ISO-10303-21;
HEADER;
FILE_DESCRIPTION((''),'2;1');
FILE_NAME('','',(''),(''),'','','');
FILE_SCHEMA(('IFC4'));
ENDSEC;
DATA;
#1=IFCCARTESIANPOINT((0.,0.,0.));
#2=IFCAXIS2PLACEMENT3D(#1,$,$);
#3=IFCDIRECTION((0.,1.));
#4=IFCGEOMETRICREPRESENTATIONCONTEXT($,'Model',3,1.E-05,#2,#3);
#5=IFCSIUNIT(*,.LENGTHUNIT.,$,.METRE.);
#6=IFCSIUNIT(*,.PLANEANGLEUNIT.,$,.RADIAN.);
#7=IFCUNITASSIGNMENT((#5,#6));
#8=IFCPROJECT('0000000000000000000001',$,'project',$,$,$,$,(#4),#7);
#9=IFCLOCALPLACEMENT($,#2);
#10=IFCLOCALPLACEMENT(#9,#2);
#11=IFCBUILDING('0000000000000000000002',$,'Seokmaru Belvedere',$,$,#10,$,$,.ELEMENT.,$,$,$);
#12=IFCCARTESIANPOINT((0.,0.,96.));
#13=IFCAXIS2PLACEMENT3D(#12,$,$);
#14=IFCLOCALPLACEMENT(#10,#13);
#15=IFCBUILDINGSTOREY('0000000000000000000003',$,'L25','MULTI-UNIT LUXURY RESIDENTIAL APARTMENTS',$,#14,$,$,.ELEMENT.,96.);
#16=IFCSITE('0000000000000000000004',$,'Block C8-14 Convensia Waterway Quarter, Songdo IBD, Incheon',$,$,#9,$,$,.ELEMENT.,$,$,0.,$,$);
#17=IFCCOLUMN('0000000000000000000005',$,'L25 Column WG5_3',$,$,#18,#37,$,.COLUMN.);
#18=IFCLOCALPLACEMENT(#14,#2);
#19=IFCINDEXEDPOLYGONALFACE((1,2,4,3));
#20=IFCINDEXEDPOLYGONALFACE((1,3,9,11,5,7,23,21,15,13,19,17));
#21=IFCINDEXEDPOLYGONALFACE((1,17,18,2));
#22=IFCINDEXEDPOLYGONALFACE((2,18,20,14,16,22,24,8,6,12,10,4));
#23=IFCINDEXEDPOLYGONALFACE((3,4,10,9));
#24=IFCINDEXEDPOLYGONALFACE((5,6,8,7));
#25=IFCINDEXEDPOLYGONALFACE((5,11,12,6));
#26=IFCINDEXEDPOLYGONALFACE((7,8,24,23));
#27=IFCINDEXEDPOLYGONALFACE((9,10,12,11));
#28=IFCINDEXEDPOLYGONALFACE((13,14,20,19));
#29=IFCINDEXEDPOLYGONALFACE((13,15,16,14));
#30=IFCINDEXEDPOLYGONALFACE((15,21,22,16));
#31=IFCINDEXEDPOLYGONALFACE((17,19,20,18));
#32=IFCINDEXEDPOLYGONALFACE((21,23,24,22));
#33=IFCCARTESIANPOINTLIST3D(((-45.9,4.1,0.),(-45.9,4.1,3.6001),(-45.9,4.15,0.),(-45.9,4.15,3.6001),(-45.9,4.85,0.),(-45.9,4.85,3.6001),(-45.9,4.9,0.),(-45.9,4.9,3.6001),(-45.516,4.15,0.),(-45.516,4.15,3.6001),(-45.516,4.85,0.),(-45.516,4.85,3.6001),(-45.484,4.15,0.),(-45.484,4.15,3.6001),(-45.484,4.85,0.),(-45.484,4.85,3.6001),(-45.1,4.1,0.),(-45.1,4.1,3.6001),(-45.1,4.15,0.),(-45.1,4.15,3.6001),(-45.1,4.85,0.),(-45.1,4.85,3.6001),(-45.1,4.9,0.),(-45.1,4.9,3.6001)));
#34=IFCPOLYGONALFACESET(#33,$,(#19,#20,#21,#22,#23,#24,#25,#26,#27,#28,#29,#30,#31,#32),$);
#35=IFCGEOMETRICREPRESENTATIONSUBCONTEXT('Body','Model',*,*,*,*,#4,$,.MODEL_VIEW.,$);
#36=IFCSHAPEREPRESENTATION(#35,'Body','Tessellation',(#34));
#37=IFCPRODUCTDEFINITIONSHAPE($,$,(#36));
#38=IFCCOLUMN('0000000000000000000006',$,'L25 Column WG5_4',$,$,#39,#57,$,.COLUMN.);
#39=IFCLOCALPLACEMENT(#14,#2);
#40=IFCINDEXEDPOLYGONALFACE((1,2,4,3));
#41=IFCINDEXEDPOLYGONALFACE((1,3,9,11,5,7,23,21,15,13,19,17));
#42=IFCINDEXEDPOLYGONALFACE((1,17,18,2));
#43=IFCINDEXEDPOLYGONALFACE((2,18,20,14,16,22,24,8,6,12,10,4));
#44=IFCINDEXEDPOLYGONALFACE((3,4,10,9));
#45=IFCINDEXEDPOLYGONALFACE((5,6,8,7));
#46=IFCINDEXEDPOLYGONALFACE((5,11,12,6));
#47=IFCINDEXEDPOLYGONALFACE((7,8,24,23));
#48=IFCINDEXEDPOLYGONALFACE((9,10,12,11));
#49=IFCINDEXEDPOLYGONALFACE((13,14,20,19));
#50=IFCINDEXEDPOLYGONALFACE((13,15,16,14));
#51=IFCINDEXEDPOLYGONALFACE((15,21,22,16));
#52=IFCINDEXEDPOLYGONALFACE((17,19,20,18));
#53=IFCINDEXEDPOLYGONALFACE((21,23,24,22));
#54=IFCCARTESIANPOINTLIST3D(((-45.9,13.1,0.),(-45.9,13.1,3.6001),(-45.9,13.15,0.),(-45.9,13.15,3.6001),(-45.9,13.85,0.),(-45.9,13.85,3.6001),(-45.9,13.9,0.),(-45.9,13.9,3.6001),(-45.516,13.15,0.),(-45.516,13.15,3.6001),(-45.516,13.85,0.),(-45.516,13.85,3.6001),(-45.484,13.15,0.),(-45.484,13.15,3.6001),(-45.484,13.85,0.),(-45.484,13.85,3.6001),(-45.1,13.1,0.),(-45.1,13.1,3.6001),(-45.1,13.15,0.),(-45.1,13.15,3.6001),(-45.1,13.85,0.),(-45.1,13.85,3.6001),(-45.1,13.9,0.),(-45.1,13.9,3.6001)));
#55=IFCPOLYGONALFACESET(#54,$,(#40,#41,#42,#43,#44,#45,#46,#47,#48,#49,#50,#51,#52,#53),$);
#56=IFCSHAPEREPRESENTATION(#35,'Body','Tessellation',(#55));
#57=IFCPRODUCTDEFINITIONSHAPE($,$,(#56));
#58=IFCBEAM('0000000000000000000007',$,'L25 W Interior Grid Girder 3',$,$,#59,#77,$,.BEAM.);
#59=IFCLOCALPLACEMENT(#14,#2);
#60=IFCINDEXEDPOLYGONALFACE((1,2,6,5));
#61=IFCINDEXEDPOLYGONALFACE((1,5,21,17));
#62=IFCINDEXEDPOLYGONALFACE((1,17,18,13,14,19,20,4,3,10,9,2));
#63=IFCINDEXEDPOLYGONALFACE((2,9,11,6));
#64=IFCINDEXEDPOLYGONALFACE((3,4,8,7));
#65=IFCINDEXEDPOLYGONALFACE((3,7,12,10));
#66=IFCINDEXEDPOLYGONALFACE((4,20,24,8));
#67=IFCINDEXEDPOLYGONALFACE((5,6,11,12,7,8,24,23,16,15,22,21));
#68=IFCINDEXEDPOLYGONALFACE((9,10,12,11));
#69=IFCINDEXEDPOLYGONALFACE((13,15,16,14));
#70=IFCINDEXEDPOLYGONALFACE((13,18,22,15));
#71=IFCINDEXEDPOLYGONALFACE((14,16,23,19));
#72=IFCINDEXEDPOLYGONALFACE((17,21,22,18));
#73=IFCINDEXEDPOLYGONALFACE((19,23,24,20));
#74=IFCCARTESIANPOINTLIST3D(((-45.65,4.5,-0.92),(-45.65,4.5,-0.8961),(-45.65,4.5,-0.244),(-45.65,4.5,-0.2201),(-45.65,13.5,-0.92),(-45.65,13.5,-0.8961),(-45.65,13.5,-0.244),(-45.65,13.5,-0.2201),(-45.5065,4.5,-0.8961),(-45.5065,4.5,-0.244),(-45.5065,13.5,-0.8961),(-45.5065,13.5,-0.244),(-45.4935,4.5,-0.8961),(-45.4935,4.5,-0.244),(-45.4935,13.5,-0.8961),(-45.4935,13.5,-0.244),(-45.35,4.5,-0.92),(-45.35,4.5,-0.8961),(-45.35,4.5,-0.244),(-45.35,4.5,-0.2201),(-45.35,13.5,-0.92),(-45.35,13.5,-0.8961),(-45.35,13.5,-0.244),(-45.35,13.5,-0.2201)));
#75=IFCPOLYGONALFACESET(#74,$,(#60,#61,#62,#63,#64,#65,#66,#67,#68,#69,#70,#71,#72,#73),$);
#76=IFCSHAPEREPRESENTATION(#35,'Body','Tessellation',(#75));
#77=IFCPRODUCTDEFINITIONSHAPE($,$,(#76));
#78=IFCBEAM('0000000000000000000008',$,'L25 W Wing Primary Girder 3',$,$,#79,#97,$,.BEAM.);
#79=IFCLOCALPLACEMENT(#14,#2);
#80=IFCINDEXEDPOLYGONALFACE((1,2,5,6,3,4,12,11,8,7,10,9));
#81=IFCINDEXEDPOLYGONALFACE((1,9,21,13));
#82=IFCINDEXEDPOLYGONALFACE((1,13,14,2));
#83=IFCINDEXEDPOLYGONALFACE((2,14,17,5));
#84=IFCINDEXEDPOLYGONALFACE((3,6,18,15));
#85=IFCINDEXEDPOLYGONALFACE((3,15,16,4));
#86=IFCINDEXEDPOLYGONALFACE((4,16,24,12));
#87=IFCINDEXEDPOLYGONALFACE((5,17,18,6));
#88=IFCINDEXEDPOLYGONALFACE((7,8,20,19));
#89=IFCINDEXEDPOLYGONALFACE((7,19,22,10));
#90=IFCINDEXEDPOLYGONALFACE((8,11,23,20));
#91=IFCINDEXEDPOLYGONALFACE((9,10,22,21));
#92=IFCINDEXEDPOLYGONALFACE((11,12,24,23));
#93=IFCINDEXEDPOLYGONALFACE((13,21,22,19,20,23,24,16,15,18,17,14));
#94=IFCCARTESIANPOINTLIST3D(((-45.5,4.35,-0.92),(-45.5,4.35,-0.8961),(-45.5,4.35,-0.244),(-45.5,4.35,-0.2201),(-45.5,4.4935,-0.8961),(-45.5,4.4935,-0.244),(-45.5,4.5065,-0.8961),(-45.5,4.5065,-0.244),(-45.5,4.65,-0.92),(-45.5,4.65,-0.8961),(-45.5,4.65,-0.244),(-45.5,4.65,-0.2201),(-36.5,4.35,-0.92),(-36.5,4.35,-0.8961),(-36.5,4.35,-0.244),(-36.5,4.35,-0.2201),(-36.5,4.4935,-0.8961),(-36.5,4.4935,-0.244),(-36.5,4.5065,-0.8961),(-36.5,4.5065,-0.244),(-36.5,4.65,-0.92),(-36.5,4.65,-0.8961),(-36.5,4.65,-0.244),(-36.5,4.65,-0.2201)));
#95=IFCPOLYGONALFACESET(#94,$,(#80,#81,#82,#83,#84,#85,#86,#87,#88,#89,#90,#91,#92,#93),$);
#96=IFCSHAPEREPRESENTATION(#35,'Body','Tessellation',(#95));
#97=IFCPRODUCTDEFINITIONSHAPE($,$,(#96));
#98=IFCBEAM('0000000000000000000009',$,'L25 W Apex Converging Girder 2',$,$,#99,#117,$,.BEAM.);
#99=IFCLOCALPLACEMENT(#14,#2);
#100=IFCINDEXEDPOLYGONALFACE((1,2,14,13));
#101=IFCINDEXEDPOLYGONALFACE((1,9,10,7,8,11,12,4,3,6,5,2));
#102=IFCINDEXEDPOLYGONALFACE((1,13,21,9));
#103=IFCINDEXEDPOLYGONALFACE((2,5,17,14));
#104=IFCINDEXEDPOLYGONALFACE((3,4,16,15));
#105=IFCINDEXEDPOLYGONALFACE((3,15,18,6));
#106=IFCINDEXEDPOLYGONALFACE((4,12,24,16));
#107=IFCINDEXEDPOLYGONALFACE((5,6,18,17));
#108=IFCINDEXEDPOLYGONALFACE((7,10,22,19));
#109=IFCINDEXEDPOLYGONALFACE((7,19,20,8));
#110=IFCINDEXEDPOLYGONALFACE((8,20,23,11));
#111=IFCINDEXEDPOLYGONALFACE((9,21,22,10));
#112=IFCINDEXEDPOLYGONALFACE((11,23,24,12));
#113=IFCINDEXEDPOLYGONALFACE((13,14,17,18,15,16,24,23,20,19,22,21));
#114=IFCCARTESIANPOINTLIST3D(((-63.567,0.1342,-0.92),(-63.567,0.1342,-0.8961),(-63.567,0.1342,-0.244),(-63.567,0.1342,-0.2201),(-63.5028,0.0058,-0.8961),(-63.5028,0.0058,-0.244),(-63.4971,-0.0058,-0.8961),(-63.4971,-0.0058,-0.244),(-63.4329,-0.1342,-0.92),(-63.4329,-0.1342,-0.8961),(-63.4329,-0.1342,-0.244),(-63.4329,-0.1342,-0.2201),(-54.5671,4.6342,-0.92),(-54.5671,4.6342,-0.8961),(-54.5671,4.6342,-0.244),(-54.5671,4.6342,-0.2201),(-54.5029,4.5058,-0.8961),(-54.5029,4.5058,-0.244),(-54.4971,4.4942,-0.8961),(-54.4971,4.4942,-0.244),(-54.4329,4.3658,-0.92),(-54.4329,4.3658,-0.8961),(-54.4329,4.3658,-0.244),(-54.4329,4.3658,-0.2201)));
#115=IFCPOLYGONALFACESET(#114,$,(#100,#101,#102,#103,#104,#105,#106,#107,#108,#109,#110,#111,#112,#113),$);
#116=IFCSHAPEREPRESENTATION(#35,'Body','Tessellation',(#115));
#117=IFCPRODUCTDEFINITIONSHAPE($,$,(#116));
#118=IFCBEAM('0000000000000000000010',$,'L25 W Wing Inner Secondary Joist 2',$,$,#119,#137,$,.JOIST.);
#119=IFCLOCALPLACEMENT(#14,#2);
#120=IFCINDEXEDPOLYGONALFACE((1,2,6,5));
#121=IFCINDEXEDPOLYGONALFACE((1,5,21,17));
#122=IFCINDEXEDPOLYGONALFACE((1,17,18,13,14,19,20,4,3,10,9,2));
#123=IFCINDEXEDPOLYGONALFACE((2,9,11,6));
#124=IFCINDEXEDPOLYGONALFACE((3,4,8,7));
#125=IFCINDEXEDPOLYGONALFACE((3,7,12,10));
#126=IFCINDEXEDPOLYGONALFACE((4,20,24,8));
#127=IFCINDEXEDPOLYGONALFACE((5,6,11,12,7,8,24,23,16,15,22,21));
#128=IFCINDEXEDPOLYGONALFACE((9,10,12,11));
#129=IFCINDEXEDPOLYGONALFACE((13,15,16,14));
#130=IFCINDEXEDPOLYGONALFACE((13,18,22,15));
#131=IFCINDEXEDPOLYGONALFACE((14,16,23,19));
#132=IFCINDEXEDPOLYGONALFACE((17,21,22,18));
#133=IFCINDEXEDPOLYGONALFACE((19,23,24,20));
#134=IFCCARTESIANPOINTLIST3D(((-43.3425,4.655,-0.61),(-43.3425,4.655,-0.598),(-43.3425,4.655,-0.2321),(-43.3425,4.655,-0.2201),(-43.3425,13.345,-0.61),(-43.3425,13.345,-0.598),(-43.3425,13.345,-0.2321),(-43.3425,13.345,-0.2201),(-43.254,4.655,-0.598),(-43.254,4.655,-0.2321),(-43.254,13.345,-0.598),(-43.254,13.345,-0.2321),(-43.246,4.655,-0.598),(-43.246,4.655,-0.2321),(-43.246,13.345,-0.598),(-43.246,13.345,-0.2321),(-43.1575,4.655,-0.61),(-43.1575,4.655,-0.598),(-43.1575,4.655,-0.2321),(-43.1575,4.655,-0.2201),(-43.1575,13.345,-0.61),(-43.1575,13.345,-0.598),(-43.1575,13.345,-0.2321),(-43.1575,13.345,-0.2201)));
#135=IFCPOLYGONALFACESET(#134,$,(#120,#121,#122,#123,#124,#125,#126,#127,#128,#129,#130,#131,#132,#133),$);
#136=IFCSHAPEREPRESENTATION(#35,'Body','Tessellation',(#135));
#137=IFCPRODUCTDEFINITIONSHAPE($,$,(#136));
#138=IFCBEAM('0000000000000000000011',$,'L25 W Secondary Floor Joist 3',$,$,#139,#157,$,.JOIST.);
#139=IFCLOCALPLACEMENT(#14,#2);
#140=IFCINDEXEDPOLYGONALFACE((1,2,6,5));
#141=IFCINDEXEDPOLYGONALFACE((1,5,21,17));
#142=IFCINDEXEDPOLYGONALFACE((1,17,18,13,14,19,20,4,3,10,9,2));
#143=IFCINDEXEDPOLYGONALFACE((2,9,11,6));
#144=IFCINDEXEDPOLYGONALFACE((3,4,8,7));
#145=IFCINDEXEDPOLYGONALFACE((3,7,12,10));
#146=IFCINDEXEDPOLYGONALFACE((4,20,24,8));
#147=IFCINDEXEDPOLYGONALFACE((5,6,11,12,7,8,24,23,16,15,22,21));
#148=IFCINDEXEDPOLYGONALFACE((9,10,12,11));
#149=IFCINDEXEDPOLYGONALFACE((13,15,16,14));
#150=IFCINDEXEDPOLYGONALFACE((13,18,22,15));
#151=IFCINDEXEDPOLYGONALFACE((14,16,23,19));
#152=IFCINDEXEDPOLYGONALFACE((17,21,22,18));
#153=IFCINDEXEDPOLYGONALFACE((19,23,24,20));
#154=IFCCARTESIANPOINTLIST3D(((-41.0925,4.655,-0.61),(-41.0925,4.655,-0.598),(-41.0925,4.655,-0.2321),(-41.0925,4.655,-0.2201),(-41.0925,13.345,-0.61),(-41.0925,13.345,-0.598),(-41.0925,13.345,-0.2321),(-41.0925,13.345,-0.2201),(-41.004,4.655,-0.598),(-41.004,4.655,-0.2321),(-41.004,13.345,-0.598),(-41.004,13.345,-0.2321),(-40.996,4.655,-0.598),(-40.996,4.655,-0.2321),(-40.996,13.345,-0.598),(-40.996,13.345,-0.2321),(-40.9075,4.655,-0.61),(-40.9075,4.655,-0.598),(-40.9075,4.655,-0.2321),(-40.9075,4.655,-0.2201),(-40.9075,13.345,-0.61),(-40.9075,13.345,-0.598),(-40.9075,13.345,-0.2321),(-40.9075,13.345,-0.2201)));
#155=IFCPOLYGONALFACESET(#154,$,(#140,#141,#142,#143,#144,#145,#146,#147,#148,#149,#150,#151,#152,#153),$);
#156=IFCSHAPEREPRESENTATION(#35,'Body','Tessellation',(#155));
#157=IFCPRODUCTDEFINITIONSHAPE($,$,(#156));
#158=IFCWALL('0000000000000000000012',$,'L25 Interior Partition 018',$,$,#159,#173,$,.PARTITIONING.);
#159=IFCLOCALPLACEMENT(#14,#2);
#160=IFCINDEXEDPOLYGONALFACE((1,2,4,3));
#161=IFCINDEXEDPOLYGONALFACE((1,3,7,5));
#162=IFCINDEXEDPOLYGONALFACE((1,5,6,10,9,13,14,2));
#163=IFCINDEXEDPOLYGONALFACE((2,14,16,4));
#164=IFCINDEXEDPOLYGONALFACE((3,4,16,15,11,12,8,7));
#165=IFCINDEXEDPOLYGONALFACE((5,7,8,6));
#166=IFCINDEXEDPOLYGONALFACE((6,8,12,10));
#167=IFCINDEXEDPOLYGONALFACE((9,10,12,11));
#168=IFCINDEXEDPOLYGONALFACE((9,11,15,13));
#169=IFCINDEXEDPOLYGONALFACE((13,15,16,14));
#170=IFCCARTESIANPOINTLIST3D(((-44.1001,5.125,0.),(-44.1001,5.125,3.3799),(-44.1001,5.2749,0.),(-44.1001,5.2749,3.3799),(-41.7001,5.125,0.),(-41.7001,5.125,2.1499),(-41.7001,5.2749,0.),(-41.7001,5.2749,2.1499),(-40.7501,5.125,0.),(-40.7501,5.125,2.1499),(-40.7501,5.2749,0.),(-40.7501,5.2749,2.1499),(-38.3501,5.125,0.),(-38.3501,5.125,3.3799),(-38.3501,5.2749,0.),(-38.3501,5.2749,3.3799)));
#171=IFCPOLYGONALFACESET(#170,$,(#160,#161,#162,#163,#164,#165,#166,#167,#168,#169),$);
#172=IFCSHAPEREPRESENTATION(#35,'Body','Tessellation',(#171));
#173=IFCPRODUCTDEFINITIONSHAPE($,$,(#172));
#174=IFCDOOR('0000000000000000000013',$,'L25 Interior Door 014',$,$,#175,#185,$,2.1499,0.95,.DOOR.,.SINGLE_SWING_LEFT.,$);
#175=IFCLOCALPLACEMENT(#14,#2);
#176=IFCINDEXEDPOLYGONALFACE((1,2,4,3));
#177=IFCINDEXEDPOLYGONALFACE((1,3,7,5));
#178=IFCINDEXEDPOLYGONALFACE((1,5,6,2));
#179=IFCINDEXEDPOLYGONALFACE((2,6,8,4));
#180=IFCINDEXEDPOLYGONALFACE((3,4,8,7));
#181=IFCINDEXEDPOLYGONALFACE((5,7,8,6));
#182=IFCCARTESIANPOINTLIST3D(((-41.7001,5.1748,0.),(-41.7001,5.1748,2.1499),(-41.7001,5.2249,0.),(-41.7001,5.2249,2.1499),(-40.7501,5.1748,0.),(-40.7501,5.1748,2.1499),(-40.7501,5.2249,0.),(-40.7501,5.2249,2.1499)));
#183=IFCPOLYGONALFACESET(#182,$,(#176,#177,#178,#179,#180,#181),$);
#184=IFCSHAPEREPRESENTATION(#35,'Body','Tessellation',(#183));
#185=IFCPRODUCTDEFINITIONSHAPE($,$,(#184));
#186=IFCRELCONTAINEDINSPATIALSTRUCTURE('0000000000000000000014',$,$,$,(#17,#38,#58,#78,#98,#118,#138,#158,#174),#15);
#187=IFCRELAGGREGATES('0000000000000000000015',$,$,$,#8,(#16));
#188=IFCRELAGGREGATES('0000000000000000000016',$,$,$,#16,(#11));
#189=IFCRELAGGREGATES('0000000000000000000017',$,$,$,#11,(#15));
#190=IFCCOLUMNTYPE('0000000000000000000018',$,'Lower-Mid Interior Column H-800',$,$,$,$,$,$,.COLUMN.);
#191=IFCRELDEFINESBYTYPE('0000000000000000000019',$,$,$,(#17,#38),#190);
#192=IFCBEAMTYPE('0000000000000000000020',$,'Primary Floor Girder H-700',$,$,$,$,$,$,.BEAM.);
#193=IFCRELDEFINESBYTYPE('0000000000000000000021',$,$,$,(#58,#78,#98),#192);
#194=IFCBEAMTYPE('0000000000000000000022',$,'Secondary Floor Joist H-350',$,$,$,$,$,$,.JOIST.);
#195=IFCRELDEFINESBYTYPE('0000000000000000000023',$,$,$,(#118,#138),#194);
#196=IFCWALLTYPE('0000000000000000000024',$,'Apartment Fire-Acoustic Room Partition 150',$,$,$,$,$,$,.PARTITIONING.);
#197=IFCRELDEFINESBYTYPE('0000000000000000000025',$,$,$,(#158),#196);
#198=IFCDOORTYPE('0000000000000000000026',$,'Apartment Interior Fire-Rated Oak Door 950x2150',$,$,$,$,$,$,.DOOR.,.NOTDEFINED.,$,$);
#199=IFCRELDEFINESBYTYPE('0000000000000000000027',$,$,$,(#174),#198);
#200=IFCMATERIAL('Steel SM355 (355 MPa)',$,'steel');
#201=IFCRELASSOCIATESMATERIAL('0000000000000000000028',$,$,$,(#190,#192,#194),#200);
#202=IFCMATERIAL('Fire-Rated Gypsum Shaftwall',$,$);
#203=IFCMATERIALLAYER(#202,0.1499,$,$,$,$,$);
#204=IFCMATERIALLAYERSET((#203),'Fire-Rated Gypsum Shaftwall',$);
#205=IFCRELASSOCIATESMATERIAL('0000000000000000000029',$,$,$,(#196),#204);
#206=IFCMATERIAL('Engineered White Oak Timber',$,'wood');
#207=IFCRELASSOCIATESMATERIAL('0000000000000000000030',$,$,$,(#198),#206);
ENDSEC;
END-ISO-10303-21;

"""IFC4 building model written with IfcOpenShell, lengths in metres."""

from ifc_helpers import new_model, si_unit, direction, frame, frame_2d, origin, origin_2d, place, context, subcontext, project, spatial, rectangle, i_section, extrude, source, transform, mapped, material, layer, layer_set, material_profile, profile_set, type_object, type_shapes, element, fill, save


model = new_model("IFC4")

# Units and contexts
model_context = context("Model", 3, precision=1e-05, world=origin(), true_north=direction((0.0, 1.0)))
body_context = subcontext(model_context, "Body", "Model", "MODEL_VIEW")
ifc_project = project(units=[si_unit("LENGTHUNIT", "METRE"), si_unit("PLANEANGLEUNIT", "RADIAN")], contexts=[model_context])

# Site, building, storey
site_placement = place(None, origin())
site = spatial("IfcSite", under=ifc_project, at=site_placement, Name="Block C8-14 Convensia Waterway Quarter, Songdo IBD, Incheon", CompositionType="ELEMENT", RefElevation=0.0)
building_placement = place(site_placement, origin())
building = spatial("IfcBuilding", under=site, at=building_placement, Name="Seokmaru Belvedere", CompositionType="ELEMENT")
storey_placement = place(building_placement, frame((0.0, 0.0, 96.0)))
storey = spatial("IfcBuildingStorey", under=building, at=storey_placement, Name="L25", Description="MULTI-UNIT LUXURY RESIDENTIAL APARTMENTS", CompositionType="ELEMENT", Elevation=96.0)

# Columns
ifc_material_1 = material(Name="Steel SM355 (355 MPa)", Category="steel")
ifc_material_profile_1 = material_profile(ifc_material_1, i_section(OverallWidth=0.8, OverallDepth=0.8, WebThickness=0.032, FlangeThickness=0.05, at=origin_2d()), Name="H-800x800x32x50")
ifc_profile_set_1 = profile_set([ifc_material_profile_1], Name="Steel SM355 (355 MPa)")
column_type = type_object("IfcColumnType", Name="Lower-Mid Interior Column H-800", PredefinedType="COLUMN", material=ifc_profile_set_1)
shared_shape_1 = source(origin(), body_context, "Body", "SweptSolid", [
    extrude(i_section(OverallWidth=0.8, OverallDepth=0.8, WebThickness=0.032, FlangeThickness=0.05, at=origin_2d()), origin(), (0.0, 0.0, 1.0), 3.6001),
])
type_shapes(column_type, [shared_shape_1])
for number, where, z_axis, x_axis, name in (
    (1, (-45.5, 4.5, 0.0), (0.0, 0.0, 1.0), (1.0, 0.0, 0.0), "L25 Column WG5_3"),
    (2, (-45.5, 13.5, 0.0), (0.0, 0.0, 1.0), (1.0, 0.0, 0.0), "L25 Column WG5_4"),
):
    element("IfcColumn", number, at=place(storey_placement, frame(where, z_axis=z_axis, x_axis=x_axis)), inside=storey, type_object=column_type, Name=name, PredefinedType="COLUMN", context=body_context, shape_type="MappedRepresentation", body=[
        mapped(shared_shape_1, transform((0.0, 0.0, 0.0), scale=1.0)),
    ])

# Beams
ifc_material_profile_2 = material_profile(ifc_material_1, i_section(OverallWidth=0.3, OverallDepth=0.7, WebThickness=0.0129, FlangeThickness=0.0239, at=origin_2d()), Name="H-700x300x13x24")
ifc_profile_set_2 = profile_set([ifc_material_profile_2], Name="Steel SM355 (355 MPa)")
beam_type_1 = type_object("IfcBeamType", Name="Primary Floor Girder H-700", PredefinedType="BEAM", material=ifc_profile_set_2)
shared_shape_2 = source(origin(), body_context, "Body", "SweptSolid", [
    extrude(i_section(OverallWidth=0.3, OverallDepth=0.7, WebThickness=0.0129, FlangeThickness=0.0239, at=origin_2d()), origin(), (0.0, 0.0, 1.0), 9.0),
])
for number, where, z_axis, x_axis, name in (
    (3, (-45.5, 4.5, -0.5701), (0.0, 1.0, 0.0), (-1.0, 0.0, 0.0), "L25 W Interior Grid Girder 3"),
    (4, (-45.5, 4.5, -0.5701), (1.0, 0.0, 0.0), (0.0, 1.0, 0.0), "L25 W Wing Primary Girder 3"),
):
    element("IfcBeam", number, at=place(storey_placement, frame(where, z_axis=z_axis, x_axis=x_axis)), inside=storey, type_object=beam_type_1, Name=name, PredefinedType="BEAM", context=body_context, shape_type="MappedRepresentation", body=[
        mapped(shared_shape_2, transform((0.0, 0.0, 0.0), scale=1.0)),
    ])
shared_shape_3 = source(origin(), body_context, "Body", "SweptSolid", [
    extrude(i_section(OverallWidth=0.3, OverallDepth=0.7, WebThickness=0.0129, FlangeThickness=0.0239, at=origin_2d()), origin(), (0.0, 0.0, 1.0), 10.0623),
])
type_shapes(beam_type_1, [shared_shape_2, shared_shape_3])
beam_placement = place(storey_placement, frame((-54.5, 4.5, -0.5701), z_axis=(-0.894427, -0.447214, 0.0), x_axis=(0.447214, -0.894427, 0.0)))
element("IfcBeam", 5, at=beam_placement, inside=storey, type_object=beam_type_1, Name="L25 W Apex Converging Girder 2", PredefinedType="BEAM", context=body_context, shape_type="MappedRepresentation", body=[
    mapped(shared_shape_3, transform((0.0, 0.0, 0.0), scale=1.0)),
])
ifc_material_profile_3 = material_profile(ifc_material_1, i_section(OverallWidth=0.1851, OverallDepth=0.3899, WebThickness=0.0081, FlangeThickness=0.012, at=origin_2d()), Name="H-390x185x8x12")
ifc_profile_set_3 = profile_set([ifc_material_profile_3], Name="Steel SM355 (355 MPa)")
beam_type_2 = type_object("IfcBeamType", Name="Secondary Floor Joist H-350", PredefinedType="JOIST", material=ifc_profile_set_3)
shared_shape_4 = source(origin(), body_context, "Body", "SweptSolid", [
    extrude(i_section(OverallWidth=0.1851, OverallDepth=0.3899, WebThickness=0.0081, FlangeThickness=0.012, at=origin_2d()), origin(), (0.0, 0.0, 1.0), 8.6899),
])
type_shapes(beam_type_2, [shared_shape_4])
for number, where, z_axis, x_axis, name in (
    (6, (-43.25, 4.655, -0.415), (0.0, 1.0, 0.0), (-1.0, 0.0, 0.0), "L25 W Wing Inner Secondary Joist 2"),
    (7, (-41.0, 4.655, -0.415), (0.0, 1.0, 0.0), (-1.0, 0.0, 0.0), "L25 W Secondary Floor Joist 3"),
):
    element("IfcBeam", number, at=place(storey_placement, frame(where, z_axis=z_axis, x_axis=x_axis)), inside=storey, type_object=beam_type_2, Name=name, PredefinedType="JOIST", context=body_context, shape_type="MappedRepresentation", body=[
        mapped(shared_shape_4, transform((0.0, 0.0, 0.0), scale=1.0)),
    ])

# Wall, opening, door
ifc_material_2 = material(Name="Fire-Rated Gypsum Shaftwall")
ifc_layer_1 = layer(ifc_material_2, 0.1499)
ifc_layer_set_1 = layer_set([ifc_layer_1], Name="Fire-Rated Gypsum Shaftwall")
wall_type_1 = type_object("IfcWallType", Name="Apartment Fire-Acoustic Room Partition 150", PredefinedType="PARTITIONING", material=ifc_layer_set_1)
wall_1_placement = place(storey_placement, frame((-44.1001, 5.2, 0.0), z_axis=(0.0, 0.0, 1.0), x_axis=(1.0, 0.0, 0.0)))
wall_1 = element("IfcWall", 8, at=wall_1_placement, inside=storey, type_object=wall_type_1, Name="L25 Interior Partition 018", PredefinedType="PARTITIONING", context=body_context, shape_type="SweptSolid", body=[
    extrude(rectangle(XDim=5.75, YDim=0.1499, at=frame_2d((2.875, 0.0))), origin(), (0.0, 0.0, 1.0), 3.3799),
])
opening_1_placement = place(wall_1_placement, frame((2.3999, 0.0, 0.0)))
opening_1 = element("IfcOpeningElement", 9, at=opening_1_placement, cuts=wall_1, PredefinedType="OPENING", context=body_context, shape_type="SweptSolid", body=[
    extrude(rectangle(XDim=0.95, YDim=2.1499, at=frame_2d((0.4751, 1.075))), frame((0.0, 0.085, 0.0), z_axis=(0.0, -1.0, 0.0), x_axis=(1.0, 0.0, 0.0)), (0.0, 0.0, 1.0), 0.1699),
])
ifc_material_3 = material(Name="Engineered White Oak Timber", Category="wood")
door_type_1 = type_object("IfcDoorType", Name="Apartment Interior Fire-Rated Oak Door 950x2150", OperationType="NOTDEFINED", PredefinedType="DOOR", material=ifc_material_3)
shared_shape_5 = source(origin(), body_context, "Body", "SweptSolid", [
    extrude(rectangle(XDim=0.95, YDim=2.1499, at=frame_2d((0.4751, 1.075))), frame((0.0, 0.0249, 0.0), z_axis=(0.0, -1.0, 0.0), x_axis=(1.0, 0.0, 0.0)), (0.0, 0.0, 1.0), 0.05),
])
type_shapes(door_type_1, [shared_shape_5])
door_1_placement = place(opening_1_placement, origin())
door_1 = element("IfcDoor", 10, at=door_1_placement, inside=storey, type_object=door_type_1, Name="L25 Interior Door 014", OperationType="SINGLE_SWING_LEFT", OverallHeight=2.1499, OverallWidth=0.95, PredefinedType="DOOR", context=body_context, shape_type="MappedRepresentation", body=[
    mapped(shared_shape_5, transform((0.0, 0.0, 0.0), scale=1.0)),
])
fill(opening_1, door_1)

save(model, "model.ifc")
